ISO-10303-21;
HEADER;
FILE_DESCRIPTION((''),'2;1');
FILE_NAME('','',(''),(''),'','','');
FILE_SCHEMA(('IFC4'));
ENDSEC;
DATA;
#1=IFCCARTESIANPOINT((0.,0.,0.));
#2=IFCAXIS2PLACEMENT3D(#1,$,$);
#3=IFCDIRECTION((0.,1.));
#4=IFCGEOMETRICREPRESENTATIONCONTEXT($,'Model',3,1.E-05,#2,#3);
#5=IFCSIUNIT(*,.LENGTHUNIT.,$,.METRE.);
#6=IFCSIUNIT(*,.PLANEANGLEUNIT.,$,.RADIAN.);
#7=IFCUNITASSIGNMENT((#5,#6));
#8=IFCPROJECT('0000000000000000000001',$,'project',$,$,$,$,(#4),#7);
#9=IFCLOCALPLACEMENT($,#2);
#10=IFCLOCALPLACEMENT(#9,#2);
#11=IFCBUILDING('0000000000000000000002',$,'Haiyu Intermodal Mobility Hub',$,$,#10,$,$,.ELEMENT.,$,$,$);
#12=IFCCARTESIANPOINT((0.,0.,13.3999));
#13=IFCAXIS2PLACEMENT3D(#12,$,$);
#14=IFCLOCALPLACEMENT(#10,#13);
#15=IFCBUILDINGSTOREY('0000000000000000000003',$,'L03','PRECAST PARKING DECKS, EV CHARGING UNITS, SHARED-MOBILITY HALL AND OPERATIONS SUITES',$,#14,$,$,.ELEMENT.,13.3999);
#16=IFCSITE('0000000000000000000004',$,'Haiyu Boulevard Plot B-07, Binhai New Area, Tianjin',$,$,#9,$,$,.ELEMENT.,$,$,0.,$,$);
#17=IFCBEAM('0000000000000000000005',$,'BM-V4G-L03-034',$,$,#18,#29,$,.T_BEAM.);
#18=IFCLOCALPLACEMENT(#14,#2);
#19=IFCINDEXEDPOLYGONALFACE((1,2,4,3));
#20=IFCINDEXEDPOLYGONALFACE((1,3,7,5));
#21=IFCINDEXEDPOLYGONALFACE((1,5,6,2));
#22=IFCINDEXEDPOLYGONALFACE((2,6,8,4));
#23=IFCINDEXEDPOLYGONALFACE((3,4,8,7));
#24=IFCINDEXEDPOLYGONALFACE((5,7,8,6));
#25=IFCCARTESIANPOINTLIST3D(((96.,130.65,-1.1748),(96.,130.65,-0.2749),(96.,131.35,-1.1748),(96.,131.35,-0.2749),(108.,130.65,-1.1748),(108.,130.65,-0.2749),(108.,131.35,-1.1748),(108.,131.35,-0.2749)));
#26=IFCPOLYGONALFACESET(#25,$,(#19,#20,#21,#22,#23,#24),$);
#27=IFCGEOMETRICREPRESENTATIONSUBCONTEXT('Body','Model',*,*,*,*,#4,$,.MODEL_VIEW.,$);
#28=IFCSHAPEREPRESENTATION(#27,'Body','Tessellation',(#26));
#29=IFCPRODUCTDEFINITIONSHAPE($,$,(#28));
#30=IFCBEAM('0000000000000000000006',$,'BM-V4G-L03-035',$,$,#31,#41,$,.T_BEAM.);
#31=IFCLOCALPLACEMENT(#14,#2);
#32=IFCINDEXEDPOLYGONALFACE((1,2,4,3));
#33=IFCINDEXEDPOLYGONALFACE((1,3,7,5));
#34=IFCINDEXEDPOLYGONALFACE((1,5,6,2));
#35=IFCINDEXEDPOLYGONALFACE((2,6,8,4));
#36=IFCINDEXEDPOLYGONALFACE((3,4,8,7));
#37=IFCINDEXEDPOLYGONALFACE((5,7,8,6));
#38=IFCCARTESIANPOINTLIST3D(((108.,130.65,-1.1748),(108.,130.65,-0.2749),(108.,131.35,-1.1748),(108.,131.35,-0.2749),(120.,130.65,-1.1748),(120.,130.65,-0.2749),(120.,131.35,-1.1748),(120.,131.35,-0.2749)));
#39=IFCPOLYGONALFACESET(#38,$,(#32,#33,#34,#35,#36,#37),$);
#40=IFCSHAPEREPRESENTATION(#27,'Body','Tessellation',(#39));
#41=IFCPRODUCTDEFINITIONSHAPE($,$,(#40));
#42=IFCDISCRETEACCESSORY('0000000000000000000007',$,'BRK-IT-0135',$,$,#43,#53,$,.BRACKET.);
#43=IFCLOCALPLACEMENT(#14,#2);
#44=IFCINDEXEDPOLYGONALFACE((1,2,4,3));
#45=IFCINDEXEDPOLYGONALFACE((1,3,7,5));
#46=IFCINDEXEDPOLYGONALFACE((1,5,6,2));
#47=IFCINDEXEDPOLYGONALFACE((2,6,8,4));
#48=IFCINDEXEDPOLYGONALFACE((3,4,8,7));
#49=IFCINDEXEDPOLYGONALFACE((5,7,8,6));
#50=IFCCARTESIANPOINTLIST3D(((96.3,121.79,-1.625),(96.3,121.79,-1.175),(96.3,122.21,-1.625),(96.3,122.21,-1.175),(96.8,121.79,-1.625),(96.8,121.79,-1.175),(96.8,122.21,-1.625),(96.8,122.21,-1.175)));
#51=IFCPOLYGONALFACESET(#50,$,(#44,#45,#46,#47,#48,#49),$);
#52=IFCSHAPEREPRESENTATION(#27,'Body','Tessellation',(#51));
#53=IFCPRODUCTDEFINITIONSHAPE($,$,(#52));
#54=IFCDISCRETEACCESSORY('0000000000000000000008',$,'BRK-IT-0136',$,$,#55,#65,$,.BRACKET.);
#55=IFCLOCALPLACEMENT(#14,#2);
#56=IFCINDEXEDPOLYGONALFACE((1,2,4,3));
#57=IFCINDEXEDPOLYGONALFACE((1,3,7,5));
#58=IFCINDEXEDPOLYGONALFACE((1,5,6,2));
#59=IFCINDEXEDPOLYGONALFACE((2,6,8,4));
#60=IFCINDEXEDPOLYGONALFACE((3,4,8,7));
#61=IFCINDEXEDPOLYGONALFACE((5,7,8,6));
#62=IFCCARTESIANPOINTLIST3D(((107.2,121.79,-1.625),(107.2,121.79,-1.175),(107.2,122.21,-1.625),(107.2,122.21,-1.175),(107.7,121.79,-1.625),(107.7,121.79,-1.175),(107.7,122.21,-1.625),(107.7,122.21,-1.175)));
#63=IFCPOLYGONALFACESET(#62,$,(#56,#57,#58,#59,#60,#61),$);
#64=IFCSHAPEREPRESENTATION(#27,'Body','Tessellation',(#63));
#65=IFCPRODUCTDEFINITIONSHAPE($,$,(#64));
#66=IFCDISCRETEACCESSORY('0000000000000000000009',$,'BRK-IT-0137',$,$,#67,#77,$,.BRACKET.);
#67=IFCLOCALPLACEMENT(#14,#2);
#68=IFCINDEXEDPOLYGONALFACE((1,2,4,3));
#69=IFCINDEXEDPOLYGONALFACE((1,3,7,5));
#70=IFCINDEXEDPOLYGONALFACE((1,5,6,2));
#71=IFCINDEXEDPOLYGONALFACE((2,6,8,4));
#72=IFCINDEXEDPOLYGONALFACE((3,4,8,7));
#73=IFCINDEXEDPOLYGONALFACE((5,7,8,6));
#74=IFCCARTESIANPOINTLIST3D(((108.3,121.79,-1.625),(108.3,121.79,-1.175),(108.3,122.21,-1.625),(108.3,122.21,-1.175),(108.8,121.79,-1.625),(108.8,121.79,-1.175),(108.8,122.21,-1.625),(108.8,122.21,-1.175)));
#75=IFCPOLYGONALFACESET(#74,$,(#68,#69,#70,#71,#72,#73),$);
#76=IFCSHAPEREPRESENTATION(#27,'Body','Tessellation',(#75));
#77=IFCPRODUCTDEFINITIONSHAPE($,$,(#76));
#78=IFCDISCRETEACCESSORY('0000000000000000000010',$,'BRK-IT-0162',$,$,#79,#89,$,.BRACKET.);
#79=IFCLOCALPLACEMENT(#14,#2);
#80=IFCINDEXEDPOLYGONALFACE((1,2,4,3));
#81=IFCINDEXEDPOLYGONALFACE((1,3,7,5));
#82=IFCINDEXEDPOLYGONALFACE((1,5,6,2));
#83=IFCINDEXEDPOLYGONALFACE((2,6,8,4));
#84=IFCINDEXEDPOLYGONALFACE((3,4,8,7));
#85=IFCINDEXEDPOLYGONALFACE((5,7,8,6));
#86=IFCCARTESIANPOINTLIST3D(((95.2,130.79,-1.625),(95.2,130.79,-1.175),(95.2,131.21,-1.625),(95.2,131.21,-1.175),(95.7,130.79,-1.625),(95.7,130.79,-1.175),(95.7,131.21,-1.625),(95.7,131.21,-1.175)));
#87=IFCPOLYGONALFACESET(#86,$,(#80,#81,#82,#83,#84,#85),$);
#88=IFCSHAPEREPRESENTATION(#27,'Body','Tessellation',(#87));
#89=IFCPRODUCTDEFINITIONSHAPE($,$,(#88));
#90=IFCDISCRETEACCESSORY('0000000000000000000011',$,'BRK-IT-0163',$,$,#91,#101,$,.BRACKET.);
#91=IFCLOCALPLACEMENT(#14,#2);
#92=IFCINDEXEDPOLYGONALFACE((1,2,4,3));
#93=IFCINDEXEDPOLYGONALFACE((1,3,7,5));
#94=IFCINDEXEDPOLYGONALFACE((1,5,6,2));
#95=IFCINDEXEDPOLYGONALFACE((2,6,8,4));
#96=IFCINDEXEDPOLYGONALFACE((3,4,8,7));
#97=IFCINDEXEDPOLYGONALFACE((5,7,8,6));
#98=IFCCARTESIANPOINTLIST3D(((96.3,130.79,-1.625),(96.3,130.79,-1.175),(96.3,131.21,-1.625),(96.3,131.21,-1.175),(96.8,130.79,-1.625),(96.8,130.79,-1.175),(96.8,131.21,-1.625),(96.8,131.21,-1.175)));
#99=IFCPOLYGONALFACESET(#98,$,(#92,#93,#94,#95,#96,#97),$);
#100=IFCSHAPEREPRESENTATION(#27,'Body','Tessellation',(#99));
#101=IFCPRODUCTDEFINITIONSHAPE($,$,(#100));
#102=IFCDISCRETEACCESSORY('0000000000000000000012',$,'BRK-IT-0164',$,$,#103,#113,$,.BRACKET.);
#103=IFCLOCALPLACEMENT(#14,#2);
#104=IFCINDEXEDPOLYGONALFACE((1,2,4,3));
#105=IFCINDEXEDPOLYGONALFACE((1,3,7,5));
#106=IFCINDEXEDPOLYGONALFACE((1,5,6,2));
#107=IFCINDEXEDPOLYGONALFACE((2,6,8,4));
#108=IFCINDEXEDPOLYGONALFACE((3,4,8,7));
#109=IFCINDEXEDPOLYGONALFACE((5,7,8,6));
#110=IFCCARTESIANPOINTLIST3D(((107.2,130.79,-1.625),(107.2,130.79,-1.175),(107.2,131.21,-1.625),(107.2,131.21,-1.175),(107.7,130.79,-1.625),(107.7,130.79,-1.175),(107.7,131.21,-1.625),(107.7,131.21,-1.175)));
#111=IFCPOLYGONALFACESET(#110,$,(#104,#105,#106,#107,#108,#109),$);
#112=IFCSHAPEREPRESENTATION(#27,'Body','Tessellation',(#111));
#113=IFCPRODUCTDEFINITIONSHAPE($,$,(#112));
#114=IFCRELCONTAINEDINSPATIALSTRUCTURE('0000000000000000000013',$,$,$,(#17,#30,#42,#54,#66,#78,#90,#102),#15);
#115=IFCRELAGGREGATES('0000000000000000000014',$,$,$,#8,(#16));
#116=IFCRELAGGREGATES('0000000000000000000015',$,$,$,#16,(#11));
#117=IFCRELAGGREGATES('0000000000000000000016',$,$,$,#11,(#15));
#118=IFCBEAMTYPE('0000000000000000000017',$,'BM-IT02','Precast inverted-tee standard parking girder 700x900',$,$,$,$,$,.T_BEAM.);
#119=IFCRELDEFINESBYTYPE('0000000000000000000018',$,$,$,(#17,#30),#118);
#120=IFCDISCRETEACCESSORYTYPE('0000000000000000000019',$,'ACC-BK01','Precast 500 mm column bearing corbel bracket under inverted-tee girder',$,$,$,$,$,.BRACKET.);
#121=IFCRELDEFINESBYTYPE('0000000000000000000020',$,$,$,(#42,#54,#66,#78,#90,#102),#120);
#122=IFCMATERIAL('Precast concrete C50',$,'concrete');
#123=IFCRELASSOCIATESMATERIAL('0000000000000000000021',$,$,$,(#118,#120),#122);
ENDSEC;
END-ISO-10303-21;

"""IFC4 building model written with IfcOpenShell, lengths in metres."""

from ifc_helpers import new_model, si_unit, direction, frame, origin, origin_2d, place, context, subcontext, project, spatial, rectangle, extrude, material, material_profile, profile_set, type_object, element, save


model = new_model("IFC4")

# Units and contexts
model_context = context("Model", 3, precision=1e-05, world=origin(), true_north=direction((0.0, 1.0)))
body_context = subcontext(model_context, "Body", "Model", "MODEL_VIEW")
ifc_project = project(units=[si_unit("LENGTHUNIT", "METRE"), si_unit("PLANEANGLEUNIT", "RADIAN")], contexts=[model_context])

# Site, building, storey
site_placement = place(None, origin())
site = spatial("IfcSite", under=ifc_project, at=site_placement, Name="Haiyu Boulevard Plot B-07, Binhai New Area, Tianjin", CompositionType="ELEMENT", RefElevation=0.0)
building_placement = place(site_placement, origin())
building = spatial("IfcBuilding", under=site, at=building_placement, Name="Haiyu Intermodal Mobility Hub", CompositionType="ELEMENT")
storey_placement = place(building_placement, frame((0.0, 0.0, 13.3999)))
storey = spatial("IfcBuildingStorey", under=building, at=storey_placement, Name="L03", Description="PRECAST PARKING DECKS, EV CHARGING UNITS, SHARED-MOBILITY HALL AND OPERATIONS SUITES", CompositionType="ELEMENT", Elevation=13.3999)

# Beams
ifc_material_1 = material(Name="Precast concrete C50", Category="concrete")
ifc_material_profile_1 = material_profile(ifc_material_1, rectangle(XDim=0.7, YDim=0.8999, at=origin_2d()), Name="PC700x900")
ifc_profile_set_1 = profile_set([ifc_material_profile_1], Name="Precast concrete C50")
beam_type_1 = type_object("IfcBeamType", Name="BM-IT02", Description="Precast inverted-tee standard parking girder 700x900", PredefinedType="T_BEAM", material=ifc_profile_set_1)
for number, where, z_axis, x_axis, name in (
    (1, (96.0, 131.0, -0.7249), (1.0, 0.0, 0.0), (0.0, 1.0, 0.0), "BM-V4G-L03-034"),
    (2, (108.0, 131.0, -0.7249), (1.0, 0.0, 0.0), (0.0, 1.0, 0.0), "BM-V4G-L03-035"),
):
    element("IfcBeam", number, at=place(storey_placement, frame(where, z_axis=z_axis, x_axis=x_axis)), inside=storey, type_object=beam_type_1, Name=name, PredefinedType="T_BEAM", context=body_context, shape_type="SweptSolid", body=[
        extrude(rectangle(XDim=0.7, YDim=0.8999, at=origin_2d()), origin(), (0.0, 0.0, 1.0), 12.0),
    ])

# Discrete accessories
discrete_accessory_type = type_object("IfcDiscreteAccessoryType", Name="ACC-BK01", Description="Precast 500 mm column bearing corbel bracket under inverted-tee girder", PredefinedType="BRACKET", material=ifc_material_1)
for number, where, z_axis, x_axis, name in (
    (3, (96.55, 122.0, -1.625), (0.0, 0.0, 1.0), (1.0, 0.0, 0.0), "BRK-IT-0135"),
    (4, (107.45, 122.0, -1.625), (0.0, 0.0, 1.0), (1.0, 0.0, 0.0), "BRK-IT-0136"),
    (5, (108.55, 122.0, -1.625), (0.0, 0.0, 1.0), (1.0, 0.0, 0.0), "BRK-IT-0137"),
    (6, (95.45, 131.0, -1.625), (0.0, 0.0, 1.0), (1.0, 0.0, 0.0), "BRK-IT-0162"),
    (7, (96.55, 131.0, -1.625), (0.0, 0.0, 1.0), (1.0, 0.0, 0.0), "BRK-IT-0163"),
    (8, (107.45, 131.0, -1.625), (0.0, 0.0, 1.0), (1.0, 0.0, 0.0), "BRK-IT-0164"),
):
    element("IfcDiscreteAccessory", number, at=place(storey_placement, frame(where, z_axis=z_axis, x_axis=x_axis)), inside=storey, type_object=discrete_accessory_type, Name=name, PredefinedType="BRACKET", context=body_context, shape_type="SweptSolid", body=[
        extrude(rectangle(XDim=0.5, YDim=0.4199, at=origin_2d()), origin(), (0.0, 0.0, 1.0), 0.45),
    ])

save(model, "model.ifc")
